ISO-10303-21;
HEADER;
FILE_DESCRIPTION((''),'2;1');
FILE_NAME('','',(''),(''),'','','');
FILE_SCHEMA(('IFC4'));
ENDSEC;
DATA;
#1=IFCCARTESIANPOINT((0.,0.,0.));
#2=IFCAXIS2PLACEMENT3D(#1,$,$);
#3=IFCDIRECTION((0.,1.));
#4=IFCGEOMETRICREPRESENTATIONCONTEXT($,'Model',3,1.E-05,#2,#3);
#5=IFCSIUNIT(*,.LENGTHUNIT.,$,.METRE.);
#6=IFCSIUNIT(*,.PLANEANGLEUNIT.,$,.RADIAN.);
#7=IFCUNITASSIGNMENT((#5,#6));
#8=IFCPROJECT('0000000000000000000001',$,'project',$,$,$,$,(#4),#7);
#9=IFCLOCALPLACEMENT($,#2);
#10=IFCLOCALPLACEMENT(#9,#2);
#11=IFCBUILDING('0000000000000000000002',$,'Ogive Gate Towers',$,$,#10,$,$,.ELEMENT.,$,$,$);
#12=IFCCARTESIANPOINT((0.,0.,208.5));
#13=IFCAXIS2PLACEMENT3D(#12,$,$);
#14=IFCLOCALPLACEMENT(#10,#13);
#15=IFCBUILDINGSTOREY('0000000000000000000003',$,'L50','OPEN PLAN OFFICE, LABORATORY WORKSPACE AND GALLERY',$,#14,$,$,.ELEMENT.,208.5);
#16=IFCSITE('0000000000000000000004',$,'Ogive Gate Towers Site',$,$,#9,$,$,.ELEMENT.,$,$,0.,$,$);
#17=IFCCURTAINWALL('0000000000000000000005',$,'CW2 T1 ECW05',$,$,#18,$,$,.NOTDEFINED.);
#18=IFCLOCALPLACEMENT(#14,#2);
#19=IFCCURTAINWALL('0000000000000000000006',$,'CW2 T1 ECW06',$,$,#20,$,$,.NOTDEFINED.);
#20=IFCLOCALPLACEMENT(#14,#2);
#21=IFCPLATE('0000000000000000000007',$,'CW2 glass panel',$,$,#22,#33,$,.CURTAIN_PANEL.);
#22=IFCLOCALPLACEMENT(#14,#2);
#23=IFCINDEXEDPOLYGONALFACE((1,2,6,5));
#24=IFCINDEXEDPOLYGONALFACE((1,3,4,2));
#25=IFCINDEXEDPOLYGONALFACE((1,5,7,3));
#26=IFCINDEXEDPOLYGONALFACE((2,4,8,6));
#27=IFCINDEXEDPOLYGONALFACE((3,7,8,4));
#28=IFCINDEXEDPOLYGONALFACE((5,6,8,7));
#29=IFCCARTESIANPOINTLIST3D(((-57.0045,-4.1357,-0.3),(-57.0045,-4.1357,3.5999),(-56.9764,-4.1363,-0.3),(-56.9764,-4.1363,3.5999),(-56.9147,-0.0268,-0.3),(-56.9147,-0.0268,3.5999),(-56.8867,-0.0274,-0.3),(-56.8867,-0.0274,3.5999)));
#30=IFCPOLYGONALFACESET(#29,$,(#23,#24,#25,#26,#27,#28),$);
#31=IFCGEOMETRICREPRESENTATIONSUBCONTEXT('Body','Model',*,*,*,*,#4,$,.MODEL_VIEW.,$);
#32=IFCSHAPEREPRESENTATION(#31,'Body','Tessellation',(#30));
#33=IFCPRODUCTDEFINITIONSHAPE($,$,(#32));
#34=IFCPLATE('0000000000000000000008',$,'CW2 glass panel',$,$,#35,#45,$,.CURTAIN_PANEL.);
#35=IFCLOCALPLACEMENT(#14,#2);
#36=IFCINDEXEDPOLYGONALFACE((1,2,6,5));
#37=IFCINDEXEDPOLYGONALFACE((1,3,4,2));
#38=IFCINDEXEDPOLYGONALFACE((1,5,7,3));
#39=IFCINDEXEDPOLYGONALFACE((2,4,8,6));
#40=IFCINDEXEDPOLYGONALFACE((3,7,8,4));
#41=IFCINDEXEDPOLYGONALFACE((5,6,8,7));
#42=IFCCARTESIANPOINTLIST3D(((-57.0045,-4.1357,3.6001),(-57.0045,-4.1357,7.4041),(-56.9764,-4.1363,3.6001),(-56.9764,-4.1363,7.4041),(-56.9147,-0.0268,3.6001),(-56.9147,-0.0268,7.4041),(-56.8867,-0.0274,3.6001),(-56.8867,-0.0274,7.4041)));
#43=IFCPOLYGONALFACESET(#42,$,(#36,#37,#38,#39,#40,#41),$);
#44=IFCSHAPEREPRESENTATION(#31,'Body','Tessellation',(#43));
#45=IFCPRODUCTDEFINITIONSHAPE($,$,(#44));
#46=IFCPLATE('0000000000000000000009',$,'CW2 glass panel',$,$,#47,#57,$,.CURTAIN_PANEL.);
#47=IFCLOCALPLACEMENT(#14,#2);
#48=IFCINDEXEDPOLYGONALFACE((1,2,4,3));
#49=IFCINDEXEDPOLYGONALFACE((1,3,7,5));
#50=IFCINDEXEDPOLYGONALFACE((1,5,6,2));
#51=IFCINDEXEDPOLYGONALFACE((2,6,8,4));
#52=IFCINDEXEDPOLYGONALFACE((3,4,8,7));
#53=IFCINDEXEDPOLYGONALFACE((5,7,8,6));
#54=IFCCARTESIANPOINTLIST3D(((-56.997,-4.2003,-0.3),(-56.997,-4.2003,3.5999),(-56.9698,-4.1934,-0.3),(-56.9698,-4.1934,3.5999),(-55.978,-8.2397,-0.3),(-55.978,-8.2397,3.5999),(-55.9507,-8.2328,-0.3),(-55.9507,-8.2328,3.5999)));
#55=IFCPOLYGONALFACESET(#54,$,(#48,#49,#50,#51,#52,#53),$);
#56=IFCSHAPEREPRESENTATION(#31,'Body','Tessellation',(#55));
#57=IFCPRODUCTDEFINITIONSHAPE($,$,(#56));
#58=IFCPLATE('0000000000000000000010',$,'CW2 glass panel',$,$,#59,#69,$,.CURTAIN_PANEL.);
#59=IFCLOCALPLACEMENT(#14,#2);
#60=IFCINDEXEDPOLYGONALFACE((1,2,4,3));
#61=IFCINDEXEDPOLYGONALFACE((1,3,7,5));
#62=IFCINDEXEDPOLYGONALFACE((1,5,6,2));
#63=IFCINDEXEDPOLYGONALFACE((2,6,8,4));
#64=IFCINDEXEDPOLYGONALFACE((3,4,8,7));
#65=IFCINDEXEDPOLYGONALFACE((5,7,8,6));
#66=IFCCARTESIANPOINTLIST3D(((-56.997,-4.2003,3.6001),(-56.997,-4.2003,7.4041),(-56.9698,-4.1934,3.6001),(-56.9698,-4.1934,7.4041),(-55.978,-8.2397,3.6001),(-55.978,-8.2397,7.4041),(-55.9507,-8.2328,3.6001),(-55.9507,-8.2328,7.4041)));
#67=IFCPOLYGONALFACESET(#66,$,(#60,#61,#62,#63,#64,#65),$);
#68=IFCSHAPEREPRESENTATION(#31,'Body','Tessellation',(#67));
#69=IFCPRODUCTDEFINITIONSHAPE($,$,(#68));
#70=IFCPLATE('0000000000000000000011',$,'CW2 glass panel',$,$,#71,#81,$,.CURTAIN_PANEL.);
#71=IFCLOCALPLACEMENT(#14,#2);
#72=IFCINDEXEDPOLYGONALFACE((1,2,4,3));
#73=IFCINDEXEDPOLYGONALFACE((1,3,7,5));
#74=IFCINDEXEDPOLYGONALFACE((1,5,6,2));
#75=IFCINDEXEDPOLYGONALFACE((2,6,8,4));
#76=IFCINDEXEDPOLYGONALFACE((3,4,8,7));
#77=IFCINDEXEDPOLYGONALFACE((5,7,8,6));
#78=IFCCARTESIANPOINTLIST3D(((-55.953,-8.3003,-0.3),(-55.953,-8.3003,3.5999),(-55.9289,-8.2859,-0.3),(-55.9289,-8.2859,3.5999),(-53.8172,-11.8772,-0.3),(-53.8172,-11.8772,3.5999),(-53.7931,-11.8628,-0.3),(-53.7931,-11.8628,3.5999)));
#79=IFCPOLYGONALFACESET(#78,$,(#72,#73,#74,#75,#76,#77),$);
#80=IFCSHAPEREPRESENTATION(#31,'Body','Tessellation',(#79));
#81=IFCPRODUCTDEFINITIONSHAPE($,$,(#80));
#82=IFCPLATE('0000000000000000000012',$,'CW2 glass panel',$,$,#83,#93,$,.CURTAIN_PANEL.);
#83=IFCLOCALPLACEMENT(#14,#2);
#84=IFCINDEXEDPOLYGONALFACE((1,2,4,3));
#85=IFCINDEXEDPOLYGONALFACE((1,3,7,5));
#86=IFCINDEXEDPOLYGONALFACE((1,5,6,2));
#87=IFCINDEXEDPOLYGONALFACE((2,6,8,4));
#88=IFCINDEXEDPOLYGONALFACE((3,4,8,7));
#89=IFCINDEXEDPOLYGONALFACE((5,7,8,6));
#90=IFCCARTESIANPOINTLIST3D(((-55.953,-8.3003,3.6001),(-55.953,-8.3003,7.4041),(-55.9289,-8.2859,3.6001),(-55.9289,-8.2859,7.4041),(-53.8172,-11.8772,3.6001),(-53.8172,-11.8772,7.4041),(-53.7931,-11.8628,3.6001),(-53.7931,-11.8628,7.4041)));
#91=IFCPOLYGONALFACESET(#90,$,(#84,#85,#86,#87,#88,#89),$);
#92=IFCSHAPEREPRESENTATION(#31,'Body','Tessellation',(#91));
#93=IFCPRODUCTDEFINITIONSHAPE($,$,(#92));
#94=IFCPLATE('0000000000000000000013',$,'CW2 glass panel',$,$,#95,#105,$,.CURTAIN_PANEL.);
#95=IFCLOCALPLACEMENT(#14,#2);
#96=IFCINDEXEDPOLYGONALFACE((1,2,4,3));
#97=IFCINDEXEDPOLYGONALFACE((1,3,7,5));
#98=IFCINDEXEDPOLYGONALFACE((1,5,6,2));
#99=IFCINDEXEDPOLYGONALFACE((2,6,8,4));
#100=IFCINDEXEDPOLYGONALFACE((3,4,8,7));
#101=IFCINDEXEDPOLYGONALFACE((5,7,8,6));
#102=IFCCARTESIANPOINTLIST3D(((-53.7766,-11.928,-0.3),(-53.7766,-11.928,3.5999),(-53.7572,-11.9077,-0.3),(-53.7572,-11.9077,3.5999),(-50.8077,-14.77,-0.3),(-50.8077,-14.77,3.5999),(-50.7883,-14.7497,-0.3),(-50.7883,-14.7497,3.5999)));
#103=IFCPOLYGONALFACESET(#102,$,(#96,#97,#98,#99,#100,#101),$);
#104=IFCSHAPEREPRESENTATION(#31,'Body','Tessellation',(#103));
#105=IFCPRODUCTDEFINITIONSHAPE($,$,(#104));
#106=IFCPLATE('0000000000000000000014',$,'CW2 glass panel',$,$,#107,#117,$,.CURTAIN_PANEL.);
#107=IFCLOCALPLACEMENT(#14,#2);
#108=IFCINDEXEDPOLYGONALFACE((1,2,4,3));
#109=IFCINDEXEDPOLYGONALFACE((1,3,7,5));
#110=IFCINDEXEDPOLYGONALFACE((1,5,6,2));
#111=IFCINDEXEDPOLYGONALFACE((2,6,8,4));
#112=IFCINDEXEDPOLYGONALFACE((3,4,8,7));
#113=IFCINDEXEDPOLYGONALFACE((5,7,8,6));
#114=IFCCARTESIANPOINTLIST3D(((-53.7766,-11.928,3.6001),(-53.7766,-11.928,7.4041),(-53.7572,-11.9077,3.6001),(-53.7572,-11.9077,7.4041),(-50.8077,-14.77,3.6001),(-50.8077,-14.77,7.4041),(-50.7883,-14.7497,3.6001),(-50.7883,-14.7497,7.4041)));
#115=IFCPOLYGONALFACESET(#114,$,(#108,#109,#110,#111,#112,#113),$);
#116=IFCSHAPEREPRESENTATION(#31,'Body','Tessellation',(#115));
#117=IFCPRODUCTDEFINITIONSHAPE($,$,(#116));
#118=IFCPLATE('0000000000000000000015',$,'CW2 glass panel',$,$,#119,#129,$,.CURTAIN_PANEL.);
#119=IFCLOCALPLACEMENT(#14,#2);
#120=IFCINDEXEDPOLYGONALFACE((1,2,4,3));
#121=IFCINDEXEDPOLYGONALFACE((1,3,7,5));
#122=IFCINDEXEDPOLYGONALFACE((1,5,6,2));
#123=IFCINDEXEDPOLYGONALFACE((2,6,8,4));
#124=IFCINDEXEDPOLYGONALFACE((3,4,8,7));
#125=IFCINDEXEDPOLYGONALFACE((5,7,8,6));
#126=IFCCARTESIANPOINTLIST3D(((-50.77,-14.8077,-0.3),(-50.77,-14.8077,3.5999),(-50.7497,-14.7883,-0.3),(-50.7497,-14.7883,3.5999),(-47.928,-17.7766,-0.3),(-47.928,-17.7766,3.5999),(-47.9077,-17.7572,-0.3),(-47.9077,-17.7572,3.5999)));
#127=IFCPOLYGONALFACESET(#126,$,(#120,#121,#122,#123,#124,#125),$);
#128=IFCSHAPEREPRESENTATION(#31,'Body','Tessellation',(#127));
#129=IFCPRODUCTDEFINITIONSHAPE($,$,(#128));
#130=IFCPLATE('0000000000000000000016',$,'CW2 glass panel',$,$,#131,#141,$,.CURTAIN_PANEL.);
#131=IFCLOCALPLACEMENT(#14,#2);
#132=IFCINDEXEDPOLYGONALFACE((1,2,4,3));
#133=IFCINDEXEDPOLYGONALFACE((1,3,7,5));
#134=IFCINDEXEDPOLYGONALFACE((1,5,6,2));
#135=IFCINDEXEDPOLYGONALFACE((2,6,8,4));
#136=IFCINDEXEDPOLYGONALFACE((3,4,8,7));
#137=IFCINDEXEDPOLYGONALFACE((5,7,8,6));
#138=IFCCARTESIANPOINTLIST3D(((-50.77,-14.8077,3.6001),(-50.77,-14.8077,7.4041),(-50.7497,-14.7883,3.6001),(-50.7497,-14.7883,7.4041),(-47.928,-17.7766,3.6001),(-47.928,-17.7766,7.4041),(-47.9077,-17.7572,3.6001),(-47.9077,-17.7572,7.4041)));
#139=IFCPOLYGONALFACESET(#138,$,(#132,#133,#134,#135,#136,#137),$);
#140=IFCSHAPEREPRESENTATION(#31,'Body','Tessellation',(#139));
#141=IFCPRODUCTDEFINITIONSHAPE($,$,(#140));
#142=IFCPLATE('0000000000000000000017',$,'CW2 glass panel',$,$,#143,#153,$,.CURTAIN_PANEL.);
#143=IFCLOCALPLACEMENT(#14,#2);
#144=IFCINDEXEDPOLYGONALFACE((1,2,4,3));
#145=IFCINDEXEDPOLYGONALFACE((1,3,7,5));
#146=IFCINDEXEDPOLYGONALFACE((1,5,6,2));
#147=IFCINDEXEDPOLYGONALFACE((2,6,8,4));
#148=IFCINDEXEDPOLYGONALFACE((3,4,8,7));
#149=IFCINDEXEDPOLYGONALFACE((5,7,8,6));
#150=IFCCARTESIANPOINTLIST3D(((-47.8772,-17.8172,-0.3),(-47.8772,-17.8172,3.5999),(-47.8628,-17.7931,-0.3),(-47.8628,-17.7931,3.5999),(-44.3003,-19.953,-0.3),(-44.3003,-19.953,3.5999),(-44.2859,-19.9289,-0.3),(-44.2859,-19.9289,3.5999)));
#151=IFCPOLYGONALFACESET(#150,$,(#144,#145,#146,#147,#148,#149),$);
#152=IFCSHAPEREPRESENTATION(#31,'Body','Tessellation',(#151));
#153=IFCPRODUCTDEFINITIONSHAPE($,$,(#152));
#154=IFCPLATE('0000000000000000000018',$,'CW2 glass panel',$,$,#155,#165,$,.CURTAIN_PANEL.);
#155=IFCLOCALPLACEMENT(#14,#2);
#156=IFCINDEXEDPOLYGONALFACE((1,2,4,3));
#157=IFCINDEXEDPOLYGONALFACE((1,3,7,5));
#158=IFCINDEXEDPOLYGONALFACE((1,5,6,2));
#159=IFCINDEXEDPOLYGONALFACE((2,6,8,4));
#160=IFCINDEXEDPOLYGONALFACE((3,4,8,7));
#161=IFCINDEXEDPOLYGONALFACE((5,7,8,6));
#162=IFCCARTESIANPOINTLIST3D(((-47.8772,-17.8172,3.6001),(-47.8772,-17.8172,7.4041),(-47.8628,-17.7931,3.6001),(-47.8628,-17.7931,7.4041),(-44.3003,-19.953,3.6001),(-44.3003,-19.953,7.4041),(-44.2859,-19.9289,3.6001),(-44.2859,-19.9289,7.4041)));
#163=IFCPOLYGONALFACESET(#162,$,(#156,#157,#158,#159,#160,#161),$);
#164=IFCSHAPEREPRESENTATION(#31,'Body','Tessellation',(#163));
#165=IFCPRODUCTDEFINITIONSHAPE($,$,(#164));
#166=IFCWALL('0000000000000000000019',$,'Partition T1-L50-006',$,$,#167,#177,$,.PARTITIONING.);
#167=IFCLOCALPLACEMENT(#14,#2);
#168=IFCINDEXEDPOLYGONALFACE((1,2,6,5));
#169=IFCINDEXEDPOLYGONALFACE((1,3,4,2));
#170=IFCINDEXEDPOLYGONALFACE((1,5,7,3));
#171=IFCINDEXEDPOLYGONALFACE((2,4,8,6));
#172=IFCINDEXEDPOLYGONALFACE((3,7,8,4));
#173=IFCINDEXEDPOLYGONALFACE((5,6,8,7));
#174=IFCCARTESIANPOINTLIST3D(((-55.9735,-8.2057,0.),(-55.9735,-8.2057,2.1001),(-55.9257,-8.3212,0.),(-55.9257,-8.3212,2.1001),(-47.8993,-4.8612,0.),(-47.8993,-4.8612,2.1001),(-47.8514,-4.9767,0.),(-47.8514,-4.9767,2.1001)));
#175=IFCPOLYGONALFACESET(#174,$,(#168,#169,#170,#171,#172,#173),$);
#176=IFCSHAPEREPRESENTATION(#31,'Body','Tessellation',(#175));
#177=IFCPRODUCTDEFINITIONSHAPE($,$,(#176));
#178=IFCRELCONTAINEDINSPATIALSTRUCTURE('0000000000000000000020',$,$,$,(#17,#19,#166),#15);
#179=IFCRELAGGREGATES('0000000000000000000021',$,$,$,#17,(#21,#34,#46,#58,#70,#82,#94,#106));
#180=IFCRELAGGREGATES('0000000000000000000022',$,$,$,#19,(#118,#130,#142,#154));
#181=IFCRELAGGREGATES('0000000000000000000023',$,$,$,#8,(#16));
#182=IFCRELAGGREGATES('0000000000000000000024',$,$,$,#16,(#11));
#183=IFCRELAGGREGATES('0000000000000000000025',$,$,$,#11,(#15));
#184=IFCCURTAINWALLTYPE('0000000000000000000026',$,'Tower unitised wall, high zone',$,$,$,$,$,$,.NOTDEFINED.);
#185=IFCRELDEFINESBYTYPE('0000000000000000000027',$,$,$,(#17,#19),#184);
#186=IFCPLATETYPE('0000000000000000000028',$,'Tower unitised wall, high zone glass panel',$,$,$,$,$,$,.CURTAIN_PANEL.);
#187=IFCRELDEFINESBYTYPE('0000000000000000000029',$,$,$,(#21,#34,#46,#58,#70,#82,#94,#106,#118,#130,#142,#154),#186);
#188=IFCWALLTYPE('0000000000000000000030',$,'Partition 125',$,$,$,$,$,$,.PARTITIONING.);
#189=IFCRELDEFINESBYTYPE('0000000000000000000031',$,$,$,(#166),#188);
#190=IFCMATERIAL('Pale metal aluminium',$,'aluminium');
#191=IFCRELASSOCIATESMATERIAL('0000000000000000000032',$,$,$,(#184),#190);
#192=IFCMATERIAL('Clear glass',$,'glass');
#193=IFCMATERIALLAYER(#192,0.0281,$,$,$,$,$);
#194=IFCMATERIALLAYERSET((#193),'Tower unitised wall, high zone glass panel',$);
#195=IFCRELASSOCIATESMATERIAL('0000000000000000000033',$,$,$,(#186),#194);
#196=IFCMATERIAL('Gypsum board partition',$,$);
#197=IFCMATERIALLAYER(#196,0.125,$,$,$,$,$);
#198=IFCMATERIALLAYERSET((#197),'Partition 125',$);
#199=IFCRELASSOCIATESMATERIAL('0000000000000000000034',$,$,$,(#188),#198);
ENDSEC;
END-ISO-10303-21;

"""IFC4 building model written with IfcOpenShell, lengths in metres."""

from ifc_helpers import new_model, si_unit, direction, frame, frame_2d, origin, origin_2d, place, context, subcontext, project, spatial, rectangle, extrude, material, layer, layer_set, type_object, element, aggregate, save


model = new_model("IFC4")

# Units and contexts
model_context = context("Model", 3, precision=1e-05, world=origin(), true_north=direction((0.0, 1.0)))
body_context = subcontext(model_context, "Body", "Model", "MODEL_VIEW")
ifc_project = project(units=[si_unit("LENGTHUNIT", "METRE"), si_unit("PLANEANGLEUNIT", "RADIAN")], contexts=[model_context])

# Site, building, storey
site_placement = place(None, origin())
site = spatial("IfcSite", under=ifc_project, at=site_placement, Name="Ogive Gate Towers Site", CompositionType="ELEMENT", RefElevation=0.0)
building_placement = place(site_placement, origin())
building = spatial("IfcBuilding", under=site, at=building_placement, Name="Ogive Gate Towers", CompositionType="ELEMENT")
storey_placement = place(building_placement, frame((0.0, 0.0, 208.5)))
storey = spatial("IfcBuildingStorey", under=building, at=storey_placement, Name="L50", Description="OPEN PLAN OFFICE, LABORATORY WORKSPACE AND GALLERY", CompositionType="ELEMENT", Elevation=208.5)

# Curtain wall
ifc_material_1 = material(Name="Pale metal aluminium", Category="aluminium")
curtain_wall_type = type_object("IfcCurtainWallType", Name="Tower unitised wall, high zone", PredefinedType="NOTDEFINED", material=ifc_material_1)
curtain_wall_1_placement = place(storey_placement, origin())
curtain_wall_1 = element("IfcCurtainWall", 1, at=curtain_wall_1_placement, inside=storey, type_object=curtain_wall_type, Name="CW2 T1 ECW05", PredefinedType="NOTDEFINED")

# Curtain wall
curtain_wall_2_placement = place(storey_placement, origin())
curtain_wall_2 = element("IfcCurtainWall", 2, at=curtain_wall_2_placement, inside=storey, type_object=curtain_wall_type, Name="CW2 T1 ECW06", PredefinedType="NOTDEFINED")

# Plates
ifc_material_2 = material(Name="Clear glass", Category="glass")
ifc_layer_1 = layer(ifc_material_2, 0.0281)
ifc_layer_set_1 = layer_set([ifc_layer_1], Name="Tower unitised wall, high zone glass panel")
plate_type = type_object("IfcPlateType", Name="Tower unitised wall, high zone glass panel", PredefinedType="CURTAIN_PANEL", material=ifc_layer_set_1)
plate_1_placement = place(storey_placement, frame((-56.9456, -2.0815, -0.3), z_axis=(0.0, 0.0, 1.0), x_axis=(-0.021832, -0.999762, 0.0)))
plate_1 = element("IfcPlate", 3, at=plate_1_placement, type_object=plate_type, Name="CW2 glass panel", PredefinedType="CURTAIN_PANEL", context=body_context, shape_type="SweptSolid", body=[
    extrude(rectangle(XDim=4.1099, YDim=0.0281, at=origin_2d()), origin(), (0.0, 0.0, 1.0), 3.8999),
])
plate_2_placement = place(storey_placement, frame((-56.9456, -2.0815, 3.6001), z_axis=(0.0, 0.0, 1.0), x_axis=(-0.021832, -0.999762, 0.0)))
plate_2 = element("IfcPlate", 4, at=plate_2_placement, type_object=plate_type, Name="CW2 glass panel", PredefinedType="CURTAIN_PANEL", context=body_context, shape_type="SweptSolid", body=[
    extrude(rectangle(XDim=4.1099, YDim=0.0281, at=origin_2d()), origin(), (0.0, 0.0, 1.0), 3.804),
])
plate_3_placement = place(storey_placement, frame((-56.4739, -6.2166, -0.3), z_axis=(0.0, 0.0, 1.0), x_axis=(0.244614, -0.969621, 0.0)))
plate_3 = element("IfcPlate", 5, at=plate_3_placement, type_object=plate_type, Name="CW2 glass panel", PredefinedType="CURTAIN_PANEL", context=body_context, shape_type="SweptSolid", body=[
    extrude(rectangle(XDim=4.166, YDim=0.0281, at=origin_2d()), origin(), (0.0, 0.0, 1.0), 3.8999),
])
plate_4_placement = place(storey_placement, frame((-56.4739, -6.2166, 3.6001), z_axis=(0.0, 0.0, 1.0), x_axis=(0.244614, -0.969621, 0.0)))
plate_4 = element("IfcPlate", 6, at=plate_4_placement, type_object=plate_type, Name="CW2 glass panel", PredefinedType="CURTAIN_PANEL", context=body_context, shape_type="SweptSolid", body=[
    extrude(rectangle(XDim=4.166, YDim=0.0281, at=origin_2d()), origin(), (0.0, 0.0, 1.0), 3.804),
])
plate_5_placement = place(storey_placement, frame((-54.873, -10.0815, -0.3), z_axis=(0.0, 0.0, 1.0), x_axis=(0.512672, -0.858584, 0.0)))
plate_5 = element("IfcPlate", 7, at=plate_5_placement, type_object=plate_type, Name="CW2 glass panel", PredefinedType="CURTAIN_PANEL", context=body_context, shape_type="SweptSolid", body=[
    extrude(rectangle(XDim=4.166, YDim=0.0281, at=origin_2d()), origin(), (0.0, 0.0, 1.0), 3.8999),
])
plate_6_placement = place(storey_placement, frame((-54.873, -10.0815, 3.6001), z_axis=(0.0, 0.0, 1.0), x_axis=(0.512672, -0.858584, 0.0)))
plate_6 = element("IfcPlate", 8, at=plate_6_placement, type_object=plate_type, Name="CW2 glass panel", PredefinedType="CURTAIN_PANEL", context=body_context, shape_type="SweptSolid", body=[
    extrude(rectangle(XDim=4.166, YDim=0.0281, at=origin_2d()), origin(), (0.0, 0.0, 1.0), 3.804),
])
plate_7_placement = place(storey_placement, frame((-52.2825, -13.3389, -0.3), z_axis=(0.0, 0.0, 1.0), x_axis=(0.722376, -0.6915, 0.0)))
plate_7 = element("IfcPlate", 9, at=plate_7_placement, type_object=plate_type, Name="CW2 glass panel", PredefinedType="CURTAIN_PANEL", context=body_context, shape_type="SweptSolid", body=[
    extrude(rectangle(XDim=4.1099, YDim=0.0281, at=origin_2d()), origin(), (0.0, 0.0, 1.0), 3.8999),
])
plate_8_placement = place(storey_placement, frame((-52.2825, -13.3389, 3.6001), z_axis=(0.0, 0.0, 1.0), x_axis=(0.722376, -0.6915, 0.0)))
plate_8 = element("IfcPlate", 10, at=plate_8_placement, type_object=plate_type, Name="CW2 glass panel", PredefinedType="CURTAIN_PANEL", context=body_context, shape_type="SweptSolid", body=[
    extrude(rectangle(XDim=4.1099, YDim=0.0281, at=origin_2d()), origin(), (0.0, 0.0, 1.0), 3.804),
])
aggregate(curtain_wall_1, [plate_1, plate_2, plate_3, plate_4, plate_5, plate_6, plate_7, plate_8])
plate_9_placement = place(storey_placement, frame((-49.3389, -16.2825, -0.3), z_axis=(0.0, 0.0, 1.0), x_axis=(0.6915, -0.722376, 0.0)))
plate_9 = element("IfcPlate", 11, at=plate_9_placement, type_object=plate_type, Name="CW2 glass panel", PredefinedType="CURTAIN_PANEL", context=body_context, shape_type="SweptSolid", body=[
    extrude(rectangle(XDim=4.1099, YDim=0.0281, at=origin_2d()), origin(), (0.0, 0.0, 1.0), 3.8999),
])
plate_10_placement = place(storey_placement, frame((-49.3389, -16.2825, 3.6001), z_axis=(0.0, 0.0, 1.0), x_axis=(0.6915, -0.722376, 0.0)))
plate_10 = element("IfcPlate", 12, at=plate_10_placement, type_object=plate_type, Name="CW2 glass panel", PredefinedType="CURTAIN_PANEL", context=body_context, shape_type="SweptSolid", body=[
    extrude(rectangle(XDim=4.1099, YDim=0.0281, at=origin_2d()), origin(), (0.0, 0.0, 1.0), 3.804),
])
plate_11_placement = place(storey_placement, frame((-46.0815, -18.873, -0.3), z_axis=(0.0, 0.0, 1.0), x_axis=(0.858584, -0.512672, 0.0)))
plate_11 = element("IfcPlate", 13, at=plate_11_placement, type_object=plate_type, Name="CW2 glass panel", PredefinedType="CURTAIN_PANEL", context=body_context, shape_type="SweptSolid", body=[
    extrude(rectangle(XDim=4.166, YDim=0.0281, at=origin_2d()), origin(), (0.0, 0.0, 1.0), 3.8999),
])
plate_12_placement = place(storey_placement, frame((-46.0815, -18.873, 3.6001), z_axis=(0.0, 0.0, 1.0), x_axis=(0.858584, -0.512672, 0.0)))
plate_12 = element("IfcPlate", 14, at=plate_12_placement, type_object=plate_type, Name="CW2 glass panel", PredefinedType="CURTAIN_PANEL", context=body_context, shape_type="SweptSolid", body=[
    extrude(rectangle(XDim=4.166, YDim=0.0281, at=origin_2d()), origin(), (0.0, 0.0, 1.0), 3.804),
])
aggregate(curtain_wall_2, [plate_9, plate_10, plate_11, plate_12])

# Wall
ifc_material_3 = material(Name="Gypsum board partition")
ifc_layer_2 = layer(ifc_material_3, 0.125)
ifc_layer_set_2 = layer_set([ifc_layer_2], Name="Partition 125")
wall_type = type_object("IfcWallType", Name="Partition 125", PredefinedType="PARTITIONING", material=ifc_layer_set_2)
wall_1_placement = place(storey_placement, frame((-55.9495, -8.2634, 0.0), z_axis=(0.0, 0.0, 1.0), x_axis=(0.923878, 0.382687, 0.0)))
element("IfcWall", 15, at=wall_1_placement, inside=storey, type_object=wall_type, Name="Partition T1-L50-006", PredefinedType="PARTITIONING", context=body_context, shape_type="SweptSolid", body=[
    extrude(rectangle(XDim=8.7395, YDim=0.125, at=frame_2d((4.3696, 0.0))), origin(), (0.0, 0.0, 1.0), 2.1001),
])

save(model, "model.ifc")
